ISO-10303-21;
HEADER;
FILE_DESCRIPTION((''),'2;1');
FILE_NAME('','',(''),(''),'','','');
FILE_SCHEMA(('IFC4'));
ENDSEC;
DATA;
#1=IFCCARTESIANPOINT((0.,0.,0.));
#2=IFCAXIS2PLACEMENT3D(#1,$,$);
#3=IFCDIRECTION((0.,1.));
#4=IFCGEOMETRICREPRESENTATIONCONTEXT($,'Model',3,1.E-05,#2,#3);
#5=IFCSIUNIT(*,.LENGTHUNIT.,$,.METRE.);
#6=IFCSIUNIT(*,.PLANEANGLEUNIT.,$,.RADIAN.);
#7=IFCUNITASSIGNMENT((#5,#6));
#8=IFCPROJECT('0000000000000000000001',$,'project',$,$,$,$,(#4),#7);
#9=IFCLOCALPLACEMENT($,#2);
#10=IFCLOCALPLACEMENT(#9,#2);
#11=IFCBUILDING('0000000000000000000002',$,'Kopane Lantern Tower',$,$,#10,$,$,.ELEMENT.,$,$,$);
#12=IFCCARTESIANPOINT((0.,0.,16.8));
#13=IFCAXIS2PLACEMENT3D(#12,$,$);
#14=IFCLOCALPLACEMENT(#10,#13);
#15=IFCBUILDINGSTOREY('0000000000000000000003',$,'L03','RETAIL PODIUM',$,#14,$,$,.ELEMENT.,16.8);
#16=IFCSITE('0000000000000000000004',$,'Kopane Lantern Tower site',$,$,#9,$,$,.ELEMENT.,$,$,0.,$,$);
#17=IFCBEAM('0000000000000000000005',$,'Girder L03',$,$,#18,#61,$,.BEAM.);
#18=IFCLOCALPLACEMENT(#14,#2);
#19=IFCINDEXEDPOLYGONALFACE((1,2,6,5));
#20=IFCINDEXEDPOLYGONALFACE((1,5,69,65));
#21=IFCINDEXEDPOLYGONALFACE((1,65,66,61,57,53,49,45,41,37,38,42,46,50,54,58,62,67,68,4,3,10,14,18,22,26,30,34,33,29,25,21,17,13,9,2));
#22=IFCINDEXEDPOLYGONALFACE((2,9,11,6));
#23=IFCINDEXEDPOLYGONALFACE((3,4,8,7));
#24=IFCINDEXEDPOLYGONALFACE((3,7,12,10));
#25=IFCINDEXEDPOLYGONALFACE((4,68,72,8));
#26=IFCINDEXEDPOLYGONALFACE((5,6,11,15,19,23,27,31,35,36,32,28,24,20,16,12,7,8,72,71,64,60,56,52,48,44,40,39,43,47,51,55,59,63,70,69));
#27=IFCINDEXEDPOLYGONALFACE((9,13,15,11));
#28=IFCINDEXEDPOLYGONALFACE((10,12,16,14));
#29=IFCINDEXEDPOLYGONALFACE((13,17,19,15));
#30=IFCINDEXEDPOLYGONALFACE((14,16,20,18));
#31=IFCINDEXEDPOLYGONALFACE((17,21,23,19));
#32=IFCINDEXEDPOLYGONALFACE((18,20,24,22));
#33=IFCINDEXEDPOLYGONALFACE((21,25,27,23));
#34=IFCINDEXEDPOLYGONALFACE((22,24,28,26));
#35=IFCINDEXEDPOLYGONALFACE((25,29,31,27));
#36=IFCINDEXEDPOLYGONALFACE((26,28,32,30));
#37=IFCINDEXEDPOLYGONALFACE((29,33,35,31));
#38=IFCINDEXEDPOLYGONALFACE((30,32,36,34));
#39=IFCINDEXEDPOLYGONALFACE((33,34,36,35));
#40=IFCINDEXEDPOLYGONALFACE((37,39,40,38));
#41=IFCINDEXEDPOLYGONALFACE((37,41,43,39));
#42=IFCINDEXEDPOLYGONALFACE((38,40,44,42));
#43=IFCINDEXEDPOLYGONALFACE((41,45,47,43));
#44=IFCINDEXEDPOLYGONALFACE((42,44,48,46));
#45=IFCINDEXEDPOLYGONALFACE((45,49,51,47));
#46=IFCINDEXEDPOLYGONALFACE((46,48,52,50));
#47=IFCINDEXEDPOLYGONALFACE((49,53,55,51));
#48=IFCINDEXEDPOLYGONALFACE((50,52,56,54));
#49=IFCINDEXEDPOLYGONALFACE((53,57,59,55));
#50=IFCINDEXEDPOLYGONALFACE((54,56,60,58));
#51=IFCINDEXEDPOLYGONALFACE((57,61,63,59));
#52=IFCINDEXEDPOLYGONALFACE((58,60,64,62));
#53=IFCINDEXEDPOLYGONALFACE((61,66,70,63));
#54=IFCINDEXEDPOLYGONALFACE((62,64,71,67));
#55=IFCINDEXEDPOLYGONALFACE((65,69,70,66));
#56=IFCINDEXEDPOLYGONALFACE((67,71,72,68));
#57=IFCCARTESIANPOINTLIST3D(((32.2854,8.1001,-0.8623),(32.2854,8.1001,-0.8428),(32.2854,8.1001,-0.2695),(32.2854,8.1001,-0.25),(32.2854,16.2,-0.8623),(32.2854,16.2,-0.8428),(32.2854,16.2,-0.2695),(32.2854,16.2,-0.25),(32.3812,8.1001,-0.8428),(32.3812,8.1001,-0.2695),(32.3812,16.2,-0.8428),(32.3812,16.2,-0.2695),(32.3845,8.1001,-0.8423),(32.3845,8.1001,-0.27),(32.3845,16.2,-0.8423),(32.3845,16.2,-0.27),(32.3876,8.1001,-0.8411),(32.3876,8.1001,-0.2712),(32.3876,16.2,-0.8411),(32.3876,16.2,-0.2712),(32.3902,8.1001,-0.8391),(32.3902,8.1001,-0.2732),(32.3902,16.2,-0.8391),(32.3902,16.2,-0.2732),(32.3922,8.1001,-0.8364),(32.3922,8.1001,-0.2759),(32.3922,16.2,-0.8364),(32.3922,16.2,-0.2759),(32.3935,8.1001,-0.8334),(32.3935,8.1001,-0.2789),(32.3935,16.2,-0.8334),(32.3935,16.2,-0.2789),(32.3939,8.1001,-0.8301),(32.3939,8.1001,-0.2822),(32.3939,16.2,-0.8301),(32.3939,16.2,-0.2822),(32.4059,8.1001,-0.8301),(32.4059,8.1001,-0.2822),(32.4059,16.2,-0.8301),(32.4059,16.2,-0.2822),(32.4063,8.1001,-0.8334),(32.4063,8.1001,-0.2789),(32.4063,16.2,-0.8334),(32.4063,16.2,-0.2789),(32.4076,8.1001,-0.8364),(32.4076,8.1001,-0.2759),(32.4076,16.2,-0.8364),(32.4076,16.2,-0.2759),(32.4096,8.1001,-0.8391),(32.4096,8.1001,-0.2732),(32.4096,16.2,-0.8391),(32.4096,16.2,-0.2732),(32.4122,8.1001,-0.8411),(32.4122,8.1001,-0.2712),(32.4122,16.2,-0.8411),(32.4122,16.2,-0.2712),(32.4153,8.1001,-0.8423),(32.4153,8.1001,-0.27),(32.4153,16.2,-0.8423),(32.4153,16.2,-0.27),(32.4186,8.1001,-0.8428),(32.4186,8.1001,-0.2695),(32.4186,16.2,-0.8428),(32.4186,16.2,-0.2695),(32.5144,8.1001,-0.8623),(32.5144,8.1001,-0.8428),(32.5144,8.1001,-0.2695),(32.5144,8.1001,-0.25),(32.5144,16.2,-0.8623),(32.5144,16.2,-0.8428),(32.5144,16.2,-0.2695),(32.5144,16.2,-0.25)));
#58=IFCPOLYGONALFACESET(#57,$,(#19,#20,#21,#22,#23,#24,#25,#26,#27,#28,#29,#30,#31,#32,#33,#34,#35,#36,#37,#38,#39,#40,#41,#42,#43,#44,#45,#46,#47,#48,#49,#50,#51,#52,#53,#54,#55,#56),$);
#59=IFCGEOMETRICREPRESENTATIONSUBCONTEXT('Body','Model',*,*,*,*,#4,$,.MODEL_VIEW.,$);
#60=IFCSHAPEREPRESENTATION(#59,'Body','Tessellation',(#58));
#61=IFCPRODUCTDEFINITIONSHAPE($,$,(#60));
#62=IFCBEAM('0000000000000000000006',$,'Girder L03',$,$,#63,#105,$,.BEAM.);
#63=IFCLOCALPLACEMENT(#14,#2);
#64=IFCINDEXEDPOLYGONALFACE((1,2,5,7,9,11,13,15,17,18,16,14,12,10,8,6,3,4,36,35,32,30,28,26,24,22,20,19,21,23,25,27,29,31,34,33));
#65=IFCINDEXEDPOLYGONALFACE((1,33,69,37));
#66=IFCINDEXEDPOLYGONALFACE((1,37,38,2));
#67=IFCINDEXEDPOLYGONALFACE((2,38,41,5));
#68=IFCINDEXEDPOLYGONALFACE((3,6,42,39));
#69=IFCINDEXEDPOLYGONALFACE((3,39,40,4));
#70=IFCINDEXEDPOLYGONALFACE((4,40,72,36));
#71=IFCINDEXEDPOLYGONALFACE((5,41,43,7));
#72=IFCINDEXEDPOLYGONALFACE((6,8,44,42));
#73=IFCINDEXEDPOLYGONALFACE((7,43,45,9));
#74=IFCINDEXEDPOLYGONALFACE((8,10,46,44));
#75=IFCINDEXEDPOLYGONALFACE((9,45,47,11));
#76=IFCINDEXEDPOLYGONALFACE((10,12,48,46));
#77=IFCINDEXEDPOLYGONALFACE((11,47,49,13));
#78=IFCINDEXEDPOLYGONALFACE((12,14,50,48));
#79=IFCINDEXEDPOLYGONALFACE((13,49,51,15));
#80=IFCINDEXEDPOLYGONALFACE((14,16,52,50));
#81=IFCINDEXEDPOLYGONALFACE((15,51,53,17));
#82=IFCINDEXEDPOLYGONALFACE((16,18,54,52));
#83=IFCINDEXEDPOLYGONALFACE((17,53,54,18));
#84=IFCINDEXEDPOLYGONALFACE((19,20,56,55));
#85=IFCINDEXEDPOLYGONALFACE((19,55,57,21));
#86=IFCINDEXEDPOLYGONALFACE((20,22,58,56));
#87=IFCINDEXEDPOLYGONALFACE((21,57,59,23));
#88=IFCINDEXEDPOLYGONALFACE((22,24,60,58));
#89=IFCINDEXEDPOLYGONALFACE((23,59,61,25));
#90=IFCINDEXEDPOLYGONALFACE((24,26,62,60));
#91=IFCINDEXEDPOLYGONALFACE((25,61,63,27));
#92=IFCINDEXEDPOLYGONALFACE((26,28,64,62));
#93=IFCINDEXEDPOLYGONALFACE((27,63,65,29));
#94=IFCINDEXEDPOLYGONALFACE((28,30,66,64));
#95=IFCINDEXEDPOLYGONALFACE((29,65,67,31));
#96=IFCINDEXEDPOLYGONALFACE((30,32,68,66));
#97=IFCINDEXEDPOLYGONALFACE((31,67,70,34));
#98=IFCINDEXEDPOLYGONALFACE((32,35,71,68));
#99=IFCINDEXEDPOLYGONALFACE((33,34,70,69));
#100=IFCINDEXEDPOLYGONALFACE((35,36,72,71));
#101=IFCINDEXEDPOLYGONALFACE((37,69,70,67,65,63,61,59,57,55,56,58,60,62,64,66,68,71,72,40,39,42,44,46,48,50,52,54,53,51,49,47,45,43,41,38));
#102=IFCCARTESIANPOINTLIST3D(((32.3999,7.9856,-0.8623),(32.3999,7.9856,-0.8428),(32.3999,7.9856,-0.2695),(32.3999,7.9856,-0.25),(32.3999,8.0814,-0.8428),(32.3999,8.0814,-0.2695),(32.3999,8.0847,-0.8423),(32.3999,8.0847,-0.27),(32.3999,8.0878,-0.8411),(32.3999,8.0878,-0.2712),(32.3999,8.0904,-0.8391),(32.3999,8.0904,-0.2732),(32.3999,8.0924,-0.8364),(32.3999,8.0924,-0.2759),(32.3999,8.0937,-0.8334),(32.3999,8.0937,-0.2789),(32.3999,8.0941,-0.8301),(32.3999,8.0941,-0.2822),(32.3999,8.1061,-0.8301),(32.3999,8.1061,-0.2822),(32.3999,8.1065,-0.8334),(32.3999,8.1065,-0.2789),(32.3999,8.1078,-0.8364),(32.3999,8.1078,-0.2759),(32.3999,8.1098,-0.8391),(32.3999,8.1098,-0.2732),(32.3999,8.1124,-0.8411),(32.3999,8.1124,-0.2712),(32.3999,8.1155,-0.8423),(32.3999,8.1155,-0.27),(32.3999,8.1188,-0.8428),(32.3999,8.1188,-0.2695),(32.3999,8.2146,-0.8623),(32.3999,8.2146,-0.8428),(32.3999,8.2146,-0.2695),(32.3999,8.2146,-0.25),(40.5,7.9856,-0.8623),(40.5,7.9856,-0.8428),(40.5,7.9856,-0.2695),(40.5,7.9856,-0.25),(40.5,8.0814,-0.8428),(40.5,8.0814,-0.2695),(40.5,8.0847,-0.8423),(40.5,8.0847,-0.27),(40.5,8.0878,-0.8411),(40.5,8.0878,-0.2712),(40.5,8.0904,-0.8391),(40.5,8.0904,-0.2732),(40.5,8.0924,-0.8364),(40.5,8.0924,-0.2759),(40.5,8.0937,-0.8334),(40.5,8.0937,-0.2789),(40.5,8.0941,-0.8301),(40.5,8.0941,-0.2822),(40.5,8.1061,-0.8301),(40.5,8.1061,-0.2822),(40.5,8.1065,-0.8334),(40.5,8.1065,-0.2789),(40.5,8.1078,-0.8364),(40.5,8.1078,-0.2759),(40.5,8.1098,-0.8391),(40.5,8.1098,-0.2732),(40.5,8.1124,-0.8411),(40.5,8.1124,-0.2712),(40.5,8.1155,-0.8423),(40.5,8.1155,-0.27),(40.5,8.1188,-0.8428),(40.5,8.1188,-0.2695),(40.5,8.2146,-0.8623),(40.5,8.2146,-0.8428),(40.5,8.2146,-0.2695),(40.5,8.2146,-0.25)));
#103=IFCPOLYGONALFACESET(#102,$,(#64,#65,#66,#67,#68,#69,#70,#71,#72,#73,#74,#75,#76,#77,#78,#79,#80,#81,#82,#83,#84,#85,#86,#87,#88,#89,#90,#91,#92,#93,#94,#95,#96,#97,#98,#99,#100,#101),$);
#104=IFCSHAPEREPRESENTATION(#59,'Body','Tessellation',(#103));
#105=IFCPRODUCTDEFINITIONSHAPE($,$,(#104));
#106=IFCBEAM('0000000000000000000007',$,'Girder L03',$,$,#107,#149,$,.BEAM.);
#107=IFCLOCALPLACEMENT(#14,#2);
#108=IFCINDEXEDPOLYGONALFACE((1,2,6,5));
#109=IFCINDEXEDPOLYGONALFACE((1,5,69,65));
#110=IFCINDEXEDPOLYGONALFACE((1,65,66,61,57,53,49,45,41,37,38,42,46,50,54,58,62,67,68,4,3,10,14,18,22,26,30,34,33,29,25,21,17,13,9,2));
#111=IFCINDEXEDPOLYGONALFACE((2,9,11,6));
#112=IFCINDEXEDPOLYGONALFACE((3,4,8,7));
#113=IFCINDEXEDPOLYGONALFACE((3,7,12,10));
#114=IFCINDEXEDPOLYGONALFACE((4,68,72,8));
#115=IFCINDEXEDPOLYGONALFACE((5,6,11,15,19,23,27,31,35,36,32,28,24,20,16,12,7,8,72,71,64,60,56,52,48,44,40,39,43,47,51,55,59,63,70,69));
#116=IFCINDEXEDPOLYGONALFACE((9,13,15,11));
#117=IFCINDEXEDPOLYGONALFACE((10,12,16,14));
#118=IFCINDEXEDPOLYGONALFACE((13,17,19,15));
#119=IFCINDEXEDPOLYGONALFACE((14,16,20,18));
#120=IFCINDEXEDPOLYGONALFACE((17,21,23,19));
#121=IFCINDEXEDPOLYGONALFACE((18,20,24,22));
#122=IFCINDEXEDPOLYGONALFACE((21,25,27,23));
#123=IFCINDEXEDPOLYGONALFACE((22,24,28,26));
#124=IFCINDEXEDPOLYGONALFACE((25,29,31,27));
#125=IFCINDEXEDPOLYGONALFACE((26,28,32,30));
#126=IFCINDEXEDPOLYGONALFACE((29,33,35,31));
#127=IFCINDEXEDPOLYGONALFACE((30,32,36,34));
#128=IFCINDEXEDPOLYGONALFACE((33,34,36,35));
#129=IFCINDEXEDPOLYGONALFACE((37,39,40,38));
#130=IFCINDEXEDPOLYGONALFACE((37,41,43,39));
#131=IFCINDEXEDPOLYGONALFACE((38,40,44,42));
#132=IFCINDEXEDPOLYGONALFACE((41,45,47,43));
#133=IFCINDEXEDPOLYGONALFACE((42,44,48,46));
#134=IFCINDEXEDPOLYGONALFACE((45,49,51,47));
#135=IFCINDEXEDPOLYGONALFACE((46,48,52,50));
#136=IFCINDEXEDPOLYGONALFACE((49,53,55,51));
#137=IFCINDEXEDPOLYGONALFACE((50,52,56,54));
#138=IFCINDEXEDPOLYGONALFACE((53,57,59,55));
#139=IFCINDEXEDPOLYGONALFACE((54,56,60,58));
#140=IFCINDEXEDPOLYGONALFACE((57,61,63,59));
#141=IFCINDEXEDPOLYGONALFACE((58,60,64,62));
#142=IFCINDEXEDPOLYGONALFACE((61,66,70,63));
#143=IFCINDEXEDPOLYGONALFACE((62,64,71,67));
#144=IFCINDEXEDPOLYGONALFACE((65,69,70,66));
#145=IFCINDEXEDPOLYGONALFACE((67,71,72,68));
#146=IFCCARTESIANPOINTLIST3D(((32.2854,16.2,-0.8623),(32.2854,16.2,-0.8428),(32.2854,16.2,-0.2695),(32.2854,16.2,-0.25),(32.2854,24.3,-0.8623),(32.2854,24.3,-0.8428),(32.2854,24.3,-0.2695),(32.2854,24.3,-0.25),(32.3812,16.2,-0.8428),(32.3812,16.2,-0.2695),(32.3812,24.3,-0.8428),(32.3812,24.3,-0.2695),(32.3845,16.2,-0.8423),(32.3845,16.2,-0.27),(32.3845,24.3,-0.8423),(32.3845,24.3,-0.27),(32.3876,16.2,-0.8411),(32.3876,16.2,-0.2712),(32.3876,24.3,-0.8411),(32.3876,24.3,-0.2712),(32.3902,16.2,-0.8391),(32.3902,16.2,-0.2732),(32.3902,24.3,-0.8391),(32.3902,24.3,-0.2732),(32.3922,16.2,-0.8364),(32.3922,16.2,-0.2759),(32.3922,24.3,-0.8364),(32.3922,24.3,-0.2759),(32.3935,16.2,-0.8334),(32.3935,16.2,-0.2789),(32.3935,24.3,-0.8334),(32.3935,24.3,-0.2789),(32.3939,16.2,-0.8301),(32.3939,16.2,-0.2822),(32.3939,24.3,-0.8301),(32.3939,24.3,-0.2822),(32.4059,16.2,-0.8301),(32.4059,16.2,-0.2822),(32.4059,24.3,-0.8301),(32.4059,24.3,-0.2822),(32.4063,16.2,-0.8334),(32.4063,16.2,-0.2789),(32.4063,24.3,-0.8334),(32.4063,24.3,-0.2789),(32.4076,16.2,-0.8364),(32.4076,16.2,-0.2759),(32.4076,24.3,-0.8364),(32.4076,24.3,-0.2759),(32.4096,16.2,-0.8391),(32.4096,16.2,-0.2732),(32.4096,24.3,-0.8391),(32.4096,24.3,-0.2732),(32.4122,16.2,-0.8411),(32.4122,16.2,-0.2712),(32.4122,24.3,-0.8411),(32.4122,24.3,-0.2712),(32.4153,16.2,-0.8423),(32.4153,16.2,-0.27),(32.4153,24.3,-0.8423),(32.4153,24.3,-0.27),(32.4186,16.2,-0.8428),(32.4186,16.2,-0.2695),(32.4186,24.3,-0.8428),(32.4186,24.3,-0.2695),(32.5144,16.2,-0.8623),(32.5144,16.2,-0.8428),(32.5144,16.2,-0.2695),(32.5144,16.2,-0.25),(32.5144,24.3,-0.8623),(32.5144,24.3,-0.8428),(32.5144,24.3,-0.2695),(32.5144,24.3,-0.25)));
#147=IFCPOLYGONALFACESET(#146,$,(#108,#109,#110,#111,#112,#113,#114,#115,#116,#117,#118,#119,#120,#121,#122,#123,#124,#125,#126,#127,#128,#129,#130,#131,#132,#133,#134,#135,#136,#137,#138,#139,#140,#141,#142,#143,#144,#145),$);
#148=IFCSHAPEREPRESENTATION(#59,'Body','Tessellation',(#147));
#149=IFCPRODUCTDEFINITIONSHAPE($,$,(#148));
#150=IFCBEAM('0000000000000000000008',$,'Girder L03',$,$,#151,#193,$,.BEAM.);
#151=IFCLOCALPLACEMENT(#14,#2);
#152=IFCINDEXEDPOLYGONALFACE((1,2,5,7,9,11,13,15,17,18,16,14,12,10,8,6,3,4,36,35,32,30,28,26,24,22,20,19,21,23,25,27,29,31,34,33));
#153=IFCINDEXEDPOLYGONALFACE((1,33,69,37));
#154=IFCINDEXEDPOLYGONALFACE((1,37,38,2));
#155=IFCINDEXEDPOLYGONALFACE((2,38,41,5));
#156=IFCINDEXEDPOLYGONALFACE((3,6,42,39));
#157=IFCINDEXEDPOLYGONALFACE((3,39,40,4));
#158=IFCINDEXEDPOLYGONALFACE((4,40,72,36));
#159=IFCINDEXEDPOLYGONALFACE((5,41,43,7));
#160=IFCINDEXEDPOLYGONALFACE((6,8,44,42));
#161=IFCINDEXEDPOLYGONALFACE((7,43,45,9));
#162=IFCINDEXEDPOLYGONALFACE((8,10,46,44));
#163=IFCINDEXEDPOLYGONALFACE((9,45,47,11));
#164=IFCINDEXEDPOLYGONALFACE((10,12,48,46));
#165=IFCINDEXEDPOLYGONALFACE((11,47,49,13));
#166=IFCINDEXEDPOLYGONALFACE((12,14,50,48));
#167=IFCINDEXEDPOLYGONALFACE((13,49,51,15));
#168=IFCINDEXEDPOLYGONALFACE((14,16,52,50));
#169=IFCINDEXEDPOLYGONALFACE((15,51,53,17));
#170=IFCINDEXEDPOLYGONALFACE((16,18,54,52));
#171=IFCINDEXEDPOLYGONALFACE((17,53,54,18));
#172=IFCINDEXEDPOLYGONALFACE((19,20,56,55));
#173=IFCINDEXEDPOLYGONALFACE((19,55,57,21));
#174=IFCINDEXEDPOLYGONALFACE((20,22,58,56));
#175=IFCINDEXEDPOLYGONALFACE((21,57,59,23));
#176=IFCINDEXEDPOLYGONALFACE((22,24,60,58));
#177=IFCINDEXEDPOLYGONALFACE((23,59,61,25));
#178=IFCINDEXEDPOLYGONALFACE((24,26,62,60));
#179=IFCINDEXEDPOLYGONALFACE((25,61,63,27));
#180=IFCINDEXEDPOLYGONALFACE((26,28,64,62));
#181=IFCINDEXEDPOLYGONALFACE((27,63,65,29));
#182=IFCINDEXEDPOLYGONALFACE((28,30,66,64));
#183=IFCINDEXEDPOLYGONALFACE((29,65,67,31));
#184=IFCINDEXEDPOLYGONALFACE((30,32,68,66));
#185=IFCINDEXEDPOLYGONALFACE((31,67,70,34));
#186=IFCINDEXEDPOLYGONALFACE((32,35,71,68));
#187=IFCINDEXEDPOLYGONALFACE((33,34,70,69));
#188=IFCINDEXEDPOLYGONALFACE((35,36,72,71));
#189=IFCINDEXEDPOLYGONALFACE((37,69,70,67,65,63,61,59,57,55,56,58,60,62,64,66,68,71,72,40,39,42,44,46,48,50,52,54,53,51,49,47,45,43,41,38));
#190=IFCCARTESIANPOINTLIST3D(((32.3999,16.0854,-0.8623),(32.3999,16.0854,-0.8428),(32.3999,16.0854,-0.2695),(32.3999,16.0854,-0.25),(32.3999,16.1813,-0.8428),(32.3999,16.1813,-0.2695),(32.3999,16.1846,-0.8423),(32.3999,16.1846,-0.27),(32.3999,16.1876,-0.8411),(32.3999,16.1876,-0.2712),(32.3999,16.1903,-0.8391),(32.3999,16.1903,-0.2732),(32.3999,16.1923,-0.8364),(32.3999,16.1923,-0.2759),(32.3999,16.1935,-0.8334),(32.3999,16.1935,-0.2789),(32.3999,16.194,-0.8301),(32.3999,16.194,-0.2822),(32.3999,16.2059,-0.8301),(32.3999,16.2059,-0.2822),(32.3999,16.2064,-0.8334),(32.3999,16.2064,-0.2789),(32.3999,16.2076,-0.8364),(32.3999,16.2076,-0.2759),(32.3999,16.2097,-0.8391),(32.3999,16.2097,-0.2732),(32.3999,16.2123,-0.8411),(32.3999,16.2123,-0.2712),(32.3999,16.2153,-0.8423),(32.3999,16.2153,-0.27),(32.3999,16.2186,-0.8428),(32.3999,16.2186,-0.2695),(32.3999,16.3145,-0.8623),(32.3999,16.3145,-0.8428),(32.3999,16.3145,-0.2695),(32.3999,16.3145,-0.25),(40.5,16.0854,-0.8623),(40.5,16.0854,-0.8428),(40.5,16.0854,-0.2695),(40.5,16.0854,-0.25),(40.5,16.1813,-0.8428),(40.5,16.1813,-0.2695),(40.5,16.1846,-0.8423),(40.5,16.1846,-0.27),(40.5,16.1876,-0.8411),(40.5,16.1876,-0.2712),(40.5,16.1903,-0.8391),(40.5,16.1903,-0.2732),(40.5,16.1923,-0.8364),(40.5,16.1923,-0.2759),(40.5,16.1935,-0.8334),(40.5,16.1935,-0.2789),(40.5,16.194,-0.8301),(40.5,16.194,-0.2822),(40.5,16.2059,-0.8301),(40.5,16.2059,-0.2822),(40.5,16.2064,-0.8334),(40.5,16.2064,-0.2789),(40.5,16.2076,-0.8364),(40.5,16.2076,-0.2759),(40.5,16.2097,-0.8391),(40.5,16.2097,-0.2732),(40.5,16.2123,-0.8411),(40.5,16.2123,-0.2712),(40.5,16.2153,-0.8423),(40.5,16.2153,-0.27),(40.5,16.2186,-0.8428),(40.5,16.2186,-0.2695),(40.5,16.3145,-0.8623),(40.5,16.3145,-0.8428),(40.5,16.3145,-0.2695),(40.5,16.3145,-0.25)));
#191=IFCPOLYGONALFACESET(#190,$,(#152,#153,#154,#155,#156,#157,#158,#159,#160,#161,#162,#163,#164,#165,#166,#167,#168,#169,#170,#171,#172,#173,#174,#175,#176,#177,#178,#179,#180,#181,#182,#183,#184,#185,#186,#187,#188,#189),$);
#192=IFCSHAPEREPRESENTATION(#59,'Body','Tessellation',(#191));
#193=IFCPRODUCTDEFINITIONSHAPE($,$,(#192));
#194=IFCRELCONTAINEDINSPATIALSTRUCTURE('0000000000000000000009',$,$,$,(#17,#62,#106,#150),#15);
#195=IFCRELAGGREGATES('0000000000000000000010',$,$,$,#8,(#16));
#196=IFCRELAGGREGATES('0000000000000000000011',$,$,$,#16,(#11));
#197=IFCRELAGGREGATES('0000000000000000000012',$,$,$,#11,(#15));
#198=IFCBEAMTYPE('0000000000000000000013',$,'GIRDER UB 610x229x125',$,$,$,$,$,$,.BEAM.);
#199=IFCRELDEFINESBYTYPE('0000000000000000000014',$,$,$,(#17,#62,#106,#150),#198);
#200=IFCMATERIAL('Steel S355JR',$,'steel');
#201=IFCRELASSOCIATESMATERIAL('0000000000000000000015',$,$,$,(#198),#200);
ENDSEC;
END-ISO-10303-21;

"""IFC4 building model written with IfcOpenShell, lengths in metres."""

from ifc_helpers import new_model, si_unit, direction, frame, origin, origin_2d, place, context, subcontext, project, spatial, i_section, extrude, material, material_profile, profile_set, type_object, element, save


model = new_model("IFC4")

# Units and contexts
model_context = context("Model", 3, precision=1e-05, world=origin(), true_north=direction((0.0, 1.0)))
body_context = subcontext(model_context, "Body", "Model", "MODEL_VIEW")
ifc_project = project(units=[si_unit("LENGTHUNIT", "METRE"), si_unit("PLANEANGLEUNIT", "RADIAN")], contexts=[model_context])

# Site, building, storey
site_placement = place(None, origin())
site = spatial("IfcSite", under=ifc_project, at=site_placement, Name="Kopane Lantern Tower site", CompositionType="ELEMENT", RefElevation=0.0)
building_placement = place(site_placement, origin())
building = spatial("IfcBuilding", under=site, at=building_placement, Name="Kopane Lantern Tower", CompositionType="ELEMENT")
storey_placement = place(building_placement, frame((0.0, 0.0, 16.8)))
storey = spatial("IfcBuildingStorey", under=building, at=storey_placement, Name="L03", Description="RETAIL PODIUM", CompositionType="ELEMENT", Elevation=16.8)

# Beams
ifc_material_1 = material(Name="Steel S355JR", Category="steel")
ifc_material_profile_1 = material_profile(ifc_material_1, i_section(OverallWidth=0.229, OverallDepth=0.6123, WebThickness=0.012, FlangeThickness=0.0195, FilletRadius=0.0127, at=origin_2d()), Name="UB 610x229x125")
ifc_profile_set_1 = profile_set([ifc_material_profile_1], Name="Steel S355JR")
beam_type = type_object("IfcBeamType", Name="GIRDER UB 610x229x125", PredefinedType="BEAM", material=ifc_profile_set_1)
beam_1_placement = place(storey_placement, frame((32.3999, 8.1001, -0.5562), z_axis=(0.0, 1.0, 0.0), x_axis=(-1.0, 0.0, 0.0)))
element("IfcBeam", 1, at=beam_1_placement, inside=storey, type_object=beam_type, Name="Girder L03", PredefinedType="BEAM", context=body_context, shape_type="SweptSolid", body=[
    extrude(i_section(OverallWidth=0.229, OverallDepth=0.6123, WebThickness=0.012, FlangeThickness=0.0195, FilletRadius=0.0127, at=origin_2d()), origin(), (0.0, 0.0, 1.0), 8.0999),
])
for number, where, z_axis, x_axis, name in (
    (2, (32.3999, 8.1001, -0.5562), (1.0, 0.0, 0.0), (0.0, 1.0, 0.0), "Girder L03"),
    (3, (32.3999, 16.2, -0.5562), (0.0, 1.0, 0.0), (-1.0, 0.0, 0.0), "Girder L03"),
    (4, (32.3999, 16.2, -0.5562), (1.0, 0.0, 0.0), (0.0, 1.0, 0.0), "Girder L03"),
):
    element("IfcBeam", number, at=place(storey_placement, frame(where, z_axis=z_axis, x_axis=x_axis)), inside=storey, type_object=beam_type, Name=name, PredefinedType="BEAM", context=body_context, shape_type="SweptSolid", body=[
        extrude(i_section(OverallWidth=0.229, OverallDepth=0.6123, WebThickness=0.012, FlangeThickness=0.0195, FilletRadius=0.0127, at=origin_2d()), origin(), (0.0, 0.0, 1.0), 8.1001),
    ])

save(model, "model.ifc")
